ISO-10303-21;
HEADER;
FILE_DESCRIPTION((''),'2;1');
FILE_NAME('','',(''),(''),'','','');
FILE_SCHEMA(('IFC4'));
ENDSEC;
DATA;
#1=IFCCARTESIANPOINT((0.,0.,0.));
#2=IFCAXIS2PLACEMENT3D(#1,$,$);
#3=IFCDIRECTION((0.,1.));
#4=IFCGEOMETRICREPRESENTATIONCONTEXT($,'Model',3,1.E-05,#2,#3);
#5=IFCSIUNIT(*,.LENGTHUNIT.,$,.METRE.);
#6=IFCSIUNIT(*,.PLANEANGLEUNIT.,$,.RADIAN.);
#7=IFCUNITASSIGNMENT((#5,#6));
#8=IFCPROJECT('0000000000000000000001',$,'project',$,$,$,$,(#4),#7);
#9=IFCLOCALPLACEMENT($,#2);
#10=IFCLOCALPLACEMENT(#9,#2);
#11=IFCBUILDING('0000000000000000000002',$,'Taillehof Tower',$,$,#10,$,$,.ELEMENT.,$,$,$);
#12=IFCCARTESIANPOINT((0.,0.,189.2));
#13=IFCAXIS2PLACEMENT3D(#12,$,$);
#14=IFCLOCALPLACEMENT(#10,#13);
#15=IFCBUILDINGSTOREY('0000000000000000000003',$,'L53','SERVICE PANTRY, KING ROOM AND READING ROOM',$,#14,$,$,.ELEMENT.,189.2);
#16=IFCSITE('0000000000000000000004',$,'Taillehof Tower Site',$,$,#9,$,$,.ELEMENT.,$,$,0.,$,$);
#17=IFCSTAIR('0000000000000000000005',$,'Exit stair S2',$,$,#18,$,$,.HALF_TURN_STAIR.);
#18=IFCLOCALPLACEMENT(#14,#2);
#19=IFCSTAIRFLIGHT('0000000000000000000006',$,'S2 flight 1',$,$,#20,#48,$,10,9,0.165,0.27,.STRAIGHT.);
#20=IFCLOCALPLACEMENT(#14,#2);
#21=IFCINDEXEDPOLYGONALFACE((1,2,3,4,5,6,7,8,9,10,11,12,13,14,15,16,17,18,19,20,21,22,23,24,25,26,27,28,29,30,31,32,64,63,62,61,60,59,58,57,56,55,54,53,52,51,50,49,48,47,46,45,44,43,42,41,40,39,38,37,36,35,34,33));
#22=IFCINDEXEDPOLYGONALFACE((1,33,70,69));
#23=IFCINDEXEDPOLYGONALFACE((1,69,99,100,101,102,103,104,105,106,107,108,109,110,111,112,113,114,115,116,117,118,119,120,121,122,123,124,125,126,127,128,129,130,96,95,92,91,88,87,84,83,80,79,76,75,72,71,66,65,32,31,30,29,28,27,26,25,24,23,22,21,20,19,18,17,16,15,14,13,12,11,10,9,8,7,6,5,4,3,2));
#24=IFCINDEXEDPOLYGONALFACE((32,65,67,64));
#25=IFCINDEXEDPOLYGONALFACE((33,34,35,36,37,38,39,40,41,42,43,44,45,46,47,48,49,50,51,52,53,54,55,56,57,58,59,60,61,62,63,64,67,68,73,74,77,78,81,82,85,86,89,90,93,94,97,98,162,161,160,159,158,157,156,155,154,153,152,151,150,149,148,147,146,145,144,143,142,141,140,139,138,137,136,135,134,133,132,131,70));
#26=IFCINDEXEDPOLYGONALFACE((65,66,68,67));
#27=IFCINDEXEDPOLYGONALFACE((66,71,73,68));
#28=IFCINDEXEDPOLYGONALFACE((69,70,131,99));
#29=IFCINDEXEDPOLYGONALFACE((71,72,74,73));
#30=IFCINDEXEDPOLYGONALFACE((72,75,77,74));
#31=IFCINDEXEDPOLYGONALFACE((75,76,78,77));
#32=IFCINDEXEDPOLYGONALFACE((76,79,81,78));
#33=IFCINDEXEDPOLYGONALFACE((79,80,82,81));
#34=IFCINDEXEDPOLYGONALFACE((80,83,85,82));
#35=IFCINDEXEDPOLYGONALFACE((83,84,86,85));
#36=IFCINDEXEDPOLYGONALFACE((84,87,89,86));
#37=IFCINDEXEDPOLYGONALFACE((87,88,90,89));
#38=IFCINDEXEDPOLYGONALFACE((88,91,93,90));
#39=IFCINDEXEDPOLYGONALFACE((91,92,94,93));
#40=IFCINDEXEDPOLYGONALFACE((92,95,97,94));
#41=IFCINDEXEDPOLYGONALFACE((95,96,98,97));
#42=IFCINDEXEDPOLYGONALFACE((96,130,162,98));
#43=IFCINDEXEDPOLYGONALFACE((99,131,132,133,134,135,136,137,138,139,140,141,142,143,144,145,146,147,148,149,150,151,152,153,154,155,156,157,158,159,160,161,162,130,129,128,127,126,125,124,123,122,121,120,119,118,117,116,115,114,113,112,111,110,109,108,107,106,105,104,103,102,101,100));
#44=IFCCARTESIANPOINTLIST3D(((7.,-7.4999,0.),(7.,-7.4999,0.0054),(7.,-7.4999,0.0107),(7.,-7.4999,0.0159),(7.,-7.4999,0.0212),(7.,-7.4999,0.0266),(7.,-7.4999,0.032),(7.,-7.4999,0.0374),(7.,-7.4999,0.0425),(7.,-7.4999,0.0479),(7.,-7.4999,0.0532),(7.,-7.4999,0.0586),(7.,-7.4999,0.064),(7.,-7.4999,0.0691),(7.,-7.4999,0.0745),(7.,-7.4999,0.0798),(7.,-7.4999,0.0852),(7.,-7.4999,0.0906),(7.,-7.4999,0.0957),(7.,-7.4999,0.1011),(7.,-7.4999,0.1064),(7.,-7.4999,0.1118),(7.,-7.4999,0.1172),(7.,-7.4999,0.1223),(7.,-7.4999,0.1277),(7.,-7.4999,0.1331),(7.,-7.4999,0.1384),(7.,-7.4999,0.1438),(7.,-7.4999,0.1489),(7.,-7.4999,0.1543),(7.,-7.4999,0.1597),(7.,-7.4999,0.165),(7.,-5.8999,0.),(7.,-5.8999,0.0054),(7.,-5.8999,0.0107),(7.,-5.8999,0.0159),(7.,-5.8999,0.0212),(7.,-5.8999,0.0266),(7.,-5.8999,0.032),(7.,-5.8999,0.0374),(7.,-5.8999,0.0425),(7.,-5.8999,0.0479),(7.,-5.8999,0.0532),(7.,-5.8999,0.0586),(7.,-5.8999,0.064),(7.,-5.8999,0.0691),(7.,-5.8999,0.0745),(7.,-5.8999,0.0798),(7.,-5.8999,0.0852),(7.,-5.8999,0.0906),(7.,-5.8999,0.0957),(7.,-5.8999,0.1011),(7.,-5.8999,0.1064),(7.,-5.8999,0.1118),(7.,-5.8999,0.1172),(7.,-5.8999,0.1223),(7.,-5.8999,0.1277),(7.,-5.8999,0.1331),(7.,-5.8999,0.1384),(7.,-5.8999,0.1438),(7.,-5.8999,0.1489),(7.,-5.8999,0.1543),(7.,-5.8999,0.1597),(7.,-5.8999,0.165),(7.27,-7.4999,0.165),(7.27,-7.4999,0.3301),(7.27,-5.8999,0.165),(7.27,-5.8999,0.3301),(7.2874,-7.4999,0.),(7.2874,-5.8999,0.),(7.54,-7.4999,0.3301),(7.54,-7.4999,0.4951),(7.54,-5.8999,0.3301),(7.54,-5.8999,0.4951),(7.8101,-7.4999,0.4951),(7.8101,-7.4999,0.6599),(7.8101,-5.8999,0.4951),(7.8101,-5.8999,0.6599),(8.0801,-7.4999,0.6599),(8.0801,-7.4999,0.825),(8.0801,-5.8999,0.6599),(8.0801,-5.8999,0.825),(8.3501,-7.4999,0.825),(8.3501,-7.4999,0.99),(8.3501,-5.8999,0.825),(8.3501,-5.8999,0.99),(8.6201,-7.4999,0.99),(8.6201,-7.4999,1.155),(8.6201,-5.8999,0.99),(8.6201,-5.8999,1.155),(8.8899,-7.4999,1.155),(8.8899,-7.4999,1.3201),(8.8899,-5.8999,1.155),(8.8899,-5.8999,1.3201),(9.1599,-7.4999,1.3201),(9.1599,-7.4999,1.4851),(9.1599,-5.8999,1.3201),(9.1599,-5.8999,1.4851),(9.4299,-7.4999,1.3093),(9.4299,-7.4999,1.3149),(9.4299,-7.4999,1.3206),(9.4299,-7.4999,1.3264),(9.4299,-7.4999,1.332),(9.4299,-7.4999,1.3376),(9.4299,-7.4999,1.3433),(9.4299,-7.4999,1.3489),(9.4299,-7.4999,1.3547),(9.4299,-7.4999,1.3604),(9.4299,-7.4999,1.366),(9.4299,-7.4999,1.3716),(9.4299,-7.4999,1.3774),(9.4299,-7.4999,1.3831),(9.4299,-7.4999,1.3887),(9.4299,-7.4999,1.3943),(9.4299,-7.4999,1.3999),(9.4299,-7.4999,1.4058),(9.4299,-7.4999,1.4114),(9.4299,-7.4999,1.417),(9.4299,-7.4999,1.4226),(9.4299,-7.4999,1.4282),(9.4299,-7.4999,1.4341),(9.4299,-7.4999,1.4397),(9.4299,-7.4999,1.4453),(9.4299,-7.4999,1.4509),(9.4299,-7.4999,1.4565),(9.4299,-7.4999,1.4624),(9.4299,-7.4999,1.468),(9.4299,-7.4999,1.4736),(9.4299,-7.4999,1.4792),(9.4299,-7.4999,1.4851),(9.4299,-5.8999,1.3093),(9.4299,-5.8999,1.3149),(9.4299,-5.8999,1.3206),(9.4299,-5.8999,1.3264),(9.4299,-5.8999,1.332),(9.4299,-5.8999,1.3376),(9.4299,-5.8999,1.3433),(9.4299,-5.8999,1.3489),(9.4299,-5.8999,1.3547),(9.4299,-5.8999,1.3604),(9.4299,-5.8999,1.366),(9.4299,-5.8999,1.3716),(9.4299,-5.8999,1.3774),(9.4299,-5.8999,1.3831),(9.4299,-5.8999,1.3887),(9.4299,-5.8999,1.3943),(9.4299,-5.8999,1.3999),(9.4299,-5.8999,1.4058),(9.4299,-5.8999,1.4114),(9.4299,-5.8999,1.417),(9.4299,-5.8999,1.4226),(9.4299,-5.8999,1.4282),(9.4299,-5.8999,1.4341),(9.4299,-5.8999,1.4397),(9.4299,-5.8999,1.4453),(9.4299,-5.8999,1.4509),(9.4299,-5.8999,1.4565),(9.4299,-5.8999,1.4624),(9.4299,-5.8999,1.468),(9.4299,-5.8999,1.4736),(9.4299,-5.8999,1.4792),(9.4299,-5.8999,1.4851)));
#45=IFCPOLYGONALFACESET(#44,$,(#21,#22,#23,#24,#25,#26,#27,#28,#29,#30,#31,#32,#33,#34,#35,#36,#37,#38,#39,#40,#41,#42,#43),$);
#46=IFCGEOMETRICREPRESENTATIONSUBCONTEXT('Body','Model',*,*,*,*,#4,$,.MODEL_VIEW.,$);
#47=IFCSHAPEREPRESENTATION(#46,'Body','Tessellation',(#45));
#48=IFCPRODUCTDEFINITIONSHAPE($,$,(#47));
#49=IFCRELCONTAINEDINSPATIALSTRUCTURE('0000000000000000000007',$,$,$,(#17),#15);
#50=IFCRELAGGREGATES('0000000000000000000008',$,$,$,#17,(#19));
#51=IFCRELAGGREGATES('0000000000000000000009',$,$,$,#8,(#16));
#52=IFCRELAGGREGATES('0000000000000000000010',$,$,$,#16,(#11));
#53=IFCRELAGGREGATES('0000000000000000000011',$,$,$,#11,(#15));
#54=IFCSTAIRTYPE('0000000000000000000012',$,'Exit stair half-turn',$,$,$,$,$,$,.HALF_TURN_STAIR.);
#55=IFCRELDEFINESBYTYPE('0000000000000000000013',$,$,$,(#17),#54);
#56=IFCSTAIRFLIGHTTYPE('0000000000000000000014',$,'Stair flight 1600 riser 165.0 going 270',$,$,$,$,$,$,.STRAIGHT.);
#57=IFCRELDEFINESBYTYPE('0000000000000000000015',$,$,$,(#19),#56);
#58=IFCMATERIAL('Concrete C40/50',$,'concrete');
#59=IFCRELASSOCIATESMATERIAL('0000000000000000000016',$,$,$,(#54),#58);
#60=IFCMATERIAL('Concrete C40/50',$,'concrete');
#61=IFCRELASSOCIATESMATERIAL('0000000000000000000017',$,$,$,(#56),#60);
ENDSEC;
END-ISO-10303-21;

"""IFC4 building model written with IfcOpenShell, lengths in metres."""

from ifc_helpers import new_model, si_unit, direction, frame, origin, place, context, subcontext, project, spatial, polyline, outline, extrude, material, type_object, element, aggregate, save


model = new_model("IFC4")

# Units and contexts
model_context = context("Model", 3, precision=1e-05, world=origin(), true_north=direction((0.0, 1.0)))
body_context = subcontext(model_context, "Body", "Model", "MODEL_VIEW")
ifc_project = project(units=[si_unit("LENGTHUNIT", "METRE"), si_unit("PLANEANGLEUNIT", "RADIAN")], contexts=[model_context])

# Site, building, storey
site_placement = place(None, origin())
site = spatial("IfcSite", under=ifc_project, at=site_placement, Name="Taillehof Tower Site", CompositionType="ELEMENT", RefElevation=0.0)
building_placement = place(site_placement, origin())
building = spatial("IfcBuilding", under=site, at=building_placement, Name="Taillehof Tower", CompositionType="ELEMENT")
storey_placement = place(building_placement, frame((0.0, 0.0, 189.2)))
storey = spatial("IfcBuildingStorey", under=building, at=storey_placement, Name="L53", Description="SERVICE PANTRY, KING ROOM AND READING ROOM", CompositionType="ELEMENT", Elevation=189.2)

# Stair
ifc_material_1 = material(Name="Concrete C40/50", Category="concrete")
stair_type = type_object("IfcStairType", Name="Exit stair half-turn", PredefinedType="HALF_TURN_STAIR", material=ifc_material_1)
stair_1_placement = place(storey_placement, origin())
stair_1 = element("IfcStair", 1, at=stair_1_placement, inside=storey, type_object=stair_type, Name="Exit stair S2", PredefinedType="HALF_TURN_STAIR")

# Stair flight
ifc_material_2 = material(Name="Concrete C40/50", Category="concrete")
stair_flight_type = type_object("IfcStairFlightType", Name="Stair flight 1600 riser 165.0 going 270", PredefinedType="STRAIGHT", material=ifc_material_2)
stair_flight_placement = place(storey_placement, frame((7.0, -6.7, 0.0), z_axis=(0.0, 0.0, 1.0), x_axis=(1.0, 0.0, 0.0)))
stair_flight = element("IfcStairFlight", 2, at=stair_flight_placement, type_object=stair_flight_type, Name="S2 flight 1", NumberOfRisers=10, NumberOfTreads=9, PredefinedType="STRAIGHT", RiserHeight=0.165, TreadLength=0.27, context=body_context, shape_type="SweptSolid", body=[
    extrude(outline(polyline([(0.0, 0.0), (0.0, 0.0054), (0.0, 0.0107), (0.0, 0.0159), (0.0, 0.0212), (0.0, 0.0266), (0.0, 0.032), (0.0, 0.0374), (0.0, 0.0425), (0.0, 0.0479), (0.0, 0.0532), (0.0, 0.0586), (0.0, 0.064), (0.0, 0.0691), (0.0, 0.0745), (0.0, 0.0798), (0.0, 0.0852), (0.0, 0.0906), (0.0, 0.0957), (0.0, 0.1011), (0.0, 0.1064), (0.0, 0.1118), (0.0, 0.1172), (0.0, 0.1223), (0.0, 0.1277), (0.0, 0.1331), (0.0, 0.1384), (0.0, 0.1438), (0.0, 0.1489), (0.0, 0.1543), (0.0, 0.1597), (0.0, 0.165), (0.27, 0.165), (0.27, 0.3301), (0.54, 0.3301), (0.54, 0.4951), (0.8101, 0.4951), (0.8101, 0.6599), (1.0801, 0.6599), (1.0801, 0.825), (1.3501, 0.825), (1.3501, 0.99), (1.6201, 0.99), (1.6201, 1.155), (1.8899, 1.155), (1.8899, 1.3201), (2.1599, 1.3201), (2.1599, 1.4851), (2.4299, 1.4851), (2.4299, 1.4792), (2.4299, 1.4736), (2.4299, 1.468), (2.4299, 1.4624), (2.4299, 1.4565), (2.4299, 1.4509), (2.4299, 1.4453), (2.4299, 1.4397), (2.4299, 1.4341), (2.4299, 1.4282), (2.4299, 1.4226), (2.4299, 1.417), (2.4299, 1.4114), (2.4299, 1.4058), (2.4299, 1.3999), (2.4299, 1.3943), (2.4299, 1.3887), (2.4299, 1.3831), (2.4299, 1.3774), (2.4299, 1.3716), (2.4299, 1.366), (2.4299, 1.3604), (2.4299, 1.3547), (2.4299, 1.3489), (2.4299, 1.3433), (2.4299, 1.3376), (2.4299, 1.332), (2.4299, 1.3264), (2.4299, 1.3206), (2.4299, 1.3149), (2.4299, 1.3093), (0.2874, 0.0), (0.0, 0.0)])), frame((0.0, 0.8, 0.0), z_axis=(0.0, -1.0, 0.0), x_axis=(1.0, 0.0, 0.0)), (0.0, 0.0, 1.0), 1.6),
])
aggregate(stair_1, [stair_flight])

save(model, "model.ifc")
